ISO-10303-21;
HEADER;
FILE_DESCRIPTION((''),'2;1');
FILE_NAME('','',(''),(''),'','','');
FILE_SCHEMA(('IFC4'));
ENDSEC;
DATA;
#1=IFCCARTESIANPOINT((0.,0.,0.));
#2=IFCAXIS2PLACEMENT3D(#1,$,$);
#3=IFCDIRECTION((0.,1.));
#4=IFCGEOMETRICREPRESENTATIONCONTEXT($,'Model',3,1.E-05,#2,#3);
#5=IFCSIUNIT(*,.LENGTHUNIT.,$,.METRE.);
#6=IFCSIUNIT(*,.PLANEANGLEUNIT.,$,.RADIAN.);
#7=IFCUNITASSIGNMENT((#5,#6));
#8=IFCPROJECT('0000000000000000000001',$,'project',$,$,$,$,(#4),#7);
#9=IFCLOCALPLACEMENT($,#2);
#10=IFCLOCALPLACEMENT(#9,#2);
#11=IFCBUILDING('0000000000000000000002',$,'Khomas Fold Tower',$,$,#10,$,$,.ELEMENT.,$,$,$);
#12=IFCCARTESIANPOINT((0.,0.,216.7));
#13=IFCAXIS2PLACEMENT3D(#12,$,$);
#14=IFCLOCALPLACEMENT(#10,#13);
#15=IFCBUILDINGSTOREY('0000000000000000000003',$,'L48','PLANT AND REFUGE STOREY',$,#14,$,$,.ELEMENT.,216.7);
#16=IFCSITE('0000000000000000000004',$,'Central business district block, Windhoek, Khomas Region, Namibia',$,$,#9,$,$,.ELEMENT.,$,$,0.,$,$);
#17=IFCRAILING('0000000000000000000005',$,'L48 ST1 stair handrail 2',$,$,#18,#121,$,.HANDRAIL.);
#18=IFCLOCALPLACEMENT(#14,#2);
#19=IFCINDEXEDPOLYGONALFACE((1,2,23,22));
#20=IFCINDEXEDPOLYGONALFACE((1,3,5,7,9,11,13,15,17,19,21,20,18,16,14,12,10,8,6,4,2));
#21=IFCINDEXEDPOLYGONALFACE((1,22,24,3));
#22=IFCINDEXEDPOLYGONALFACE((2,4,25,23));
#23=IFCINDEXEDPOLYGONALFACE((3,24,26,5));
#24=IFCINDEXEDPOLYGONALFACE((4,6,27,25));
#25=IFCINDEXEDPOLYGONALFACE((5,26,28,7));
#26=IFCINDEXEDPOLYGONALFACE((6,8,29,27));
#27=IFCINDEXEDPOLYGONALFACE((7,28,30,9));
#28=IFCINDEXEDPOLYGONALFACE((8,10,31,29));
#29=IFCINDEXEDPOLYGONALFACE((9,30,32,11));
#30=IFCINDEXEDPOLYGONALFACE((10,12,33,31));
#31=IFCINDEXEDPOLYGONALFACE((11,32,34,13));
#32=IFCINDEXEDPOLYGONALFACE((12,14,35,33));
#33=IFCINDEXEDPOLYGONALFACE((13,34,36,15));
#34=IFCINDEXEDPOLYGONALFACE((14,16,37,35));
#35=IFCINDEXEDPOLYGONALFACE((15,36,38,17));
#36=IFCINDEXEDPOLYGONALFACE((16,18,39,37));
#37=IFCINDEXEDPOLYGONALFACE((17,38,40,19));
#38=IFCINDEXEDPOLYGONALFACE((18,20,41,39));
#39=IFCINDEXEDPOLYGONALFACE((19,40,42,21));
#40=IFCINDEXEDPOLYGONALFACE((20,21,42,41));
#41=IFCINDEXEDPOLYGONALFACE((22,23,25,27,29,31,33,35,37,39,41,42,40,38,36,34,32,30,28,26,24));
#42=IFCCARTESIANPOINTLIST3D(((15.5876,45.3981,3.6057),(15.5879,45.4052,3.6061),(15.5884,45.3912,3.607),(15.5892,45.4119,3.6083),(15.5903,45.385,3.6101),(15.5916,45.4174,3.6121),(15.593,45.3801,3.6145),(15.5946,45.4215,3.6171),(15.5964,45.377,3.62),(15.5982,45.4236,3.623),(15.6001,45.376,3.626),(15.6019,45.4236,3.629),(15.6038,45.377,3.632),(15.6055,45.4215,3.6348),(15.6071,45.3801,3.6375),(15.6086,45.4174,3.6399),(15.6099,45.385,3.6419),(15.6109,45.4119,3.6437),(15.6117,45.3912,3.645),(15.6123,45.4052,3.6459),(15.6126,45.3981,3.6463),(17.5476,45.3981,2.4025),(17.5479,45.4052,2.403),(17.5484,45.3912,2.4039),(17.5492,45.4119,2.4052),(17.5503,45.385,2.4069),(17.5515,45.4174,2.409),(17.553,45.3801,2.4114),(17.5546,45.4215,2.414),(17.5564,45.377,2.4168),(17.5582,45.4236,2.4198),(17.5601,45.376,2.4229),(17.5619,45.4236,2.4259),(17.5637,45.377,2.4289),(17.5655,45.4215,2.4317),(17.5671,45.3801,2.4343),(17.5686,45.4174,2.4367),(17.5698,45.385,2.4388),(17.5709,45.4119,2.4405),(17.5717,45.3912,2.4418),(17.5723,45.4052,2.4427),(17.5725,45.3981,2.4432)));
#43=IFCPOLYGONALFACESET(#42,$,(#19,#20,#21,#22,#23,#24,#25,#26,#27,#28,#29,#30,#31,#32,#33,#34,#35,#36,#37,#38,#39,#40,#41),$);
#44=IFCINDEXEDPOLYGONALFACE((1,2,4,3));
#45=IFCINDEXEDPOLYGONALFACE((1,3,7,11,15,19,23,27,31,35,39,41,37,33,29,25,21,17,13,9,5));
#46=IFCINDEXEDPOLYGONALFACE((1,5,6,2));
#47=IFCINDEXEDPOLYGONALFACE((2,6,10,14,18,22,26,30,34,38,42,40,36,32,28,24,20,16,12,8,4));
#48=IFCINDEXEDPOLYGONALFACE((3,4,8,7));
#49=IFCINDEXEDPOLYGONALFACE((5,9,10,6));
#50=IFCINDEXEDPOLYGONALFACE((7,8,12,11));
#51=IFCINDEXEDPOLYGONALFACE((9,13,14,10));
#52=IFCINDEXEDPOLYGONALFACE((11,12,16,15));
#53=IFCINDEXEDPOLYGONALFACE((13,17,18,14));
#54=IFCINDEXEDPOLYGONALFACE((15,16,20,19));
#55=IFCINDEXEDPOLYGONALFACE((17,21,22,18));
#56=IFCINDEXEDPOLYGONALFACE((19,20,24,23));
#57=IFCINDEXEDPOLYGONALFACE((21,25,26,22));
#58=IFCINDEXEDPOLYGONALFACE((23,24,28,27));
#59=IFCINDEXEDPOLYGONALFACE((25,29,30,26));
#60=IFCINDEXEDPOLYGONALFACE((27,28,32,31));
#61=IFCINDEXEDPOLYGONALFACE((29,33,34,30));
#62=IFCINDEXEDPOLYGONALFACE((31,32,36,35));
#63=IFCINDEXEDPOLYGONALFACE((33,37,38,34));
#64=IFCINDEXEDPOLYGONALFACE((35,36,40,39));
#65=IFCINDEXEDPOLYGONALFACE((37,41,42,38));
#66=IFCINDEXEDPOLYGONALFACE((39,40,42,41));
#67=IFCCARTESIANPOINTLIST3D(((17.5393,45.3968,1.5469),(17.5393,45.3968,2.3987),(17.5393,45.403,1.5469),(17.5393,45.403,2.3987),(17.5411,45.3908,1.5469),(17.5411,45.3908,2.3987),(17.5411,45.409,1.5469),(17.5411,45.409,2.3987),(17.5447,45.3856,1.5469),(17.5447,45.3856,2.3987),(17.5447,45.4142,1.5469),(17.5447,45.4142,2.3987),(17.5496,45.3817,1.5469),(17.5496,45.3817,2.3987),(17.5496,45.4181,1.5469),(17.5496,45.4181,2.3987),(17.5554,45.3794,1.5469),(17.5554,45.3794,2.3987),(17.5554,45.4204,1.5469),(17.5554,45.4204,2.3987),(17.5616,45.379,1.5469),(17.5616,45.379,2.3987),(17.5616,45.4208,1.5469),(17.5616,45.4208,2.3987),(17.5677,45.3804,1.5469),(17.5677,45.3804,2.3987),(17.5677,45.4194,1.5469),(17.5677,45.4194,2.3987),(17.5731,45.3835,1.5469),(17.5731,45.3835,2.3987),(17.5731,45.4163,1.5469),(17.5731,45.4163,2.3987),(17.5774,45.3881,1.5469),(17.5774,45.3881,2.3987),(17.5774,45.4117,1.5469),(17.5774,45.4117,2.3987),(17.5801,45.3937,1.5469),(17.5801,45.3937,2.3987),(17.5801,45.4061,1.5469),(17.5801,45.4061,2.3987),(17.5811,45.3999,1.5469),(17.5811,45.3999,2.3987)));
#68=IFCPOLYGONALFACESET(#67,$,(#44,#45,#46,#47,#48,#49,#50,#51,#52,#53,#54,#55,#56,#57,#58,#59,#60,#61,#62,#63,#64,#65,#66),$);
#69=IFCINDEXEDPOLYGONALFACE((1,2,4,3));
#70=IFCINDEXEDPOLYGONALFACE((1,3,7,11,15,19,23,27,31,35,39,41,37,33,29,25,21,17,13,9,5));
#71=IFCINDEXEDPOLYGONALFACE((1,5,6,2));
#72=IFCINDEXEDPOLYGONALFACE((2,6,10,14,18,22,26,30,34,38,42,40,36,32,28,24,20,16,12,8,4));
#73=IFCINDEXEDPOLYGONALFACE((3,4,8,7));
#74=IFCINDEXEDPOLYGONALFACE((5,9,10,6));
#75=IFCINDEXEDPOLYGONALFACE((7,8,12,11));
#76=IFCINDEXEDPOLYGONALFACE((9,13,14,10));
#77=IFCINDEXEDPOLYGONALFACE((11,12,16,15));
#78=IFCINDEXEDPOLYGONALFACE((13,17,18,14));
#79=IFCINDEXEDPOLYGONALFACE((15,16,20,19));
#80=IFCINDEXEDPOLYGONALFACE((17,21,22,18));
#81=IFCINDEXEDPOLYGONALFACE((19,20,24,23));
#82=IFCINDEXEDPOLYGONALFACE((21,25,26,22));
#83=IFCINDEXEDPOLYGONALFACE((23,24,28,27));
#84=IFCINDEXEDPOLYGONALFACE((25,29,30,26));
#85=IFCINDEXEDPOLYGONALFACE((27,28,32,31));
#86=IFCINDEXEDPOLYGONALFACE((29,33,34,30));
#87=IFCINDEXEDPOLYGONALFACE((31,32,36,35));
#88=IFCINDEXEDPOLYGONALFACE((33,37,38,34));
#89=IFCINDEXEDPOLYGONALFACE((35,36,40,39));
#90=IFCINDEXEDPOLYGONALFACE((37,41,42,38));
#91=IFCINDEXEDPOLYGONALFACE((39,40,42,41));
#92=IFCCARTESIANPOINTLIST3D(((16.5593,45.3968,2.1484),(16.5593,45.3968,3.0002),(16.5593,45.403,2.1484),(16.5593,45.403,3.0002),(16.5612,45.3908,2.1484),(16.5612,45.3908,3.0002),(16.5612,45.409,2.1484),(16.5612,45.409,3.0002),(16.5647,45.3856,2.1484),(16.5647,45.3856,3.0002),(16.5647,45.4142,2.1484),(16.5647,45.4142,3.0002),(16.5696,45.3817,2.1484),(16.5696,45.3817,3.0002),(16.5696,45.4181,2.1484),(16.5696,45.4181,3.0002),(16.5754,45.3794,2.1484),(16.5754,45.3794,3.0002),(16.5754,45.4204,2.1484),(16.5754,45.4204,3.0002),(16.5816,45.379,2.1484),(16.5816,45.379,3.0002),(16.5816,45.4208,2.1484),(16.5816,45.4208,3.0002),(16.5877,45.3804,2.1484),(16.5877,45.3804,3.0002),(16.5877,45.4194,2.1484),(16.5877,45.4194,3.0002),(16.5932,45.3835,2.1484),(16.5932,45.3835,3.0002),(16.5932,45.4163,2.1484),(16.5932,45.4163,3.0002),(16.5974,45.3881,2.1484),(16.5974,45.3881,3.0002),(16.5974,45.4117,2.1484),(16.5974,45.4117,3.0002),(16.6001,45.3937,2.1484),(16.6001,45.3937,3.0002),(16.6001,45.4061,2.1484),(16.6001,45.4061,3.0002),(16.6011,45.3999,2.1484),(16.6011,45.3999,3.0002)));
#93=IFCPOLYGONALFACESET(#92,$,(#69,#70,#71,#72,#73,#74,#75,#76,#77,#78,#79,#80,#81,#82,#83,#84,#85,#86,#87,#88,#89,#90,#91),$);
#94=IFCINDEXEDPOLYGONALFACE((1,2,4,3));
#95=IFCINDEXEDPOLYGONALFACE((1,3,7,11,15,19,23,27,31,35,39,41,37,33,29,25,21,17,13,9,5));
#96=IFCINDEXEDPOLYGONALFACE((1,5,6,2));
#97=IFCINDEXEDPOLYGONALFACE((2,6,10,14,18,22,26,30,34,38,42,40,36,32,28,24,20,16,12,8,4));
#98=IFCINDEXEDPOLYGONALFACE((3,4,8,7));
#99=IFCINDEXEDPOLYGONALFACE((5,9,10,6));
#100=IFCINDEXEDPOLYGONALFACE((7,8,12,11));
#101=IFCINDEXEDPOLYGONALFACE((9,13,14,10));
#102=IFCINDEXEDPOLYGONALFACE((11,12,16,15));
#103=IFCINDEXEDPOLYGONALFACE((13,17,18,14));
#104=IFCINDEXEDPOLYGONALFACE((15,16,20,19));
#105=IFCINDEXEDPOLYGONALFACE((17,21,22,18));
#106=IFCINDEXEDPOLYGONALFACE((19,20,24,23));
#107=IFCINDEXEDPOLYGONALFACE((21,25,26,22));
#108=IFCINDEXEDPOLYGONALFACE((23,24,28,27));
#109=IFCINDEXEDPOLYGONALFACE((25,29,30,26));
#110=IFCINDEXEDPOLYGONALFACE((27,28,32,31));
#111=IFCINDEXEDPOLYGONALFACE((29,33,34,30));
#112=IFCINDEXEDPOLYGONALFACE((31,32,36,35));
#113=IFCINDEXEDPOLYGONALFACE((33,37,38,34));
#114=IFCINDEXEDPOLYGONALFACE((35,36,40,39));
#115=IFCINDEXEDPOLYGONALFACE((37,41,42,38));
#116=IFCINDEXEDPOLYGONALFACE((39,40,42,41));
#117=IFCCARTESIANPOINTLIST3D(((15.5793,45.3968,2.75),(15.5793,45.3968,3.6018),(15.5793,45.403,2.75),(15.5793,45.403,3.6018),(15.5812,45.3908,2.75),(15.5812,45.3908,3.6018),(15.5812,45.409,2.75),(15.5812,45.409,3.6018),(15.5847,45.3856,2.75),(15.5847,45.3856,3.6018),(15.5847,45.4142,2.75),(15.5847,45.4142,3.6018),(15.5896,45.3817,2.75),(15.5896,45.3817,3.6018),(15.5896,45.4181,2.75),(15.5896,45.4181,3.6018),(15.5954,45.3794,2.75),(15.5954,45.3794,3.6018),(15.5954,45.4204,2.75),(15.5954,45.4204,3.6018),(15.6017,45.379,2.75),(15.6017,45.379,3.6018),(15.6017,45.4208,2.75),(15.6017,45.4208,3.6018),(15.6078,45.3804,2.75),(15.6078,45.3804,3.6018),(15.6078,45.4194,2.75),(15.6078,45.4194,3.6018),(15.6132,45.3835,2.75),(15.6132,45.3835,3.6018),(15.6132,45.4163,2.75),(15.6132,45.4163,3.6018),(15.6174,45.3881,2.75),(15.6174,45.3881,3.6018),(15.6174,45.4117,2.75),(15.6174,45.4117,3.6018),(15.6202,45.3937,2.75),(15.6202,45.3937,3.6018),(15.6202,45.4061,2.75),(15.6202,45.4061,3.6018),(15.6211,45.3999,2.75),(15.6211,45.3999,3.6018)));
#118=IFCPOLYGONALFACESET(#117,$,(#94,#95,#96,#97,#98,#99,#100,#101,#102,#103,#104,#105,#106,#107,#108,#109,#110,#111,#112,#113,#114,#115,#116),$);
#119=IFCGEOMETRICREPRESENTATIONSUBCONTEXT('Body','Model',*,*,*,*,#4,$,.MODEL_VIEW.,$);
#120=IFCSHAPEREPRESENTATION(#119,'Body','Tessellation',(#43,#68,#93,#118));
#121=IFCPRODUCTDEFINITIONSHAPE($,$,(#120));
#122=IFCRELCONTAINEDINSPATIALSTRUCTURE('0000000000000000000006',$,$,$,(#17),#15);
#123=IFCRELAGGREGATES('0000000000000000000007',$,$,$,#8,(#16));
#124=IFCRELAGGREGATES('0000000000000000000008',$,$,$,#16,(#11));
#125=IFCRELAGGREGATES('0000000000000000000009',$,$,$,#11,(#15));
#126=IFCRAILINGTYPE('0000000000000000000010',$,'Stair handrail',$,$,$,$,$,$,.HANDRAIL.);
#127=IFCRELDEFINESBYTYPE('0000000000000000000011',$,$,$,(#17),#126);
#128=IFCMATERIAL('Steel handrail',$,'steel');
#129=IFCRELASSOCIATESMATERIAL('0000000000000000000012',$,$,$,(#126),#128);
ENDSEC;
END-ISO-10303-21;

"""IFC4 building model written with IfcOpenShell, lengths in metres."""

from ifc_helpers import new_model, si_unit, direction, frame, origin, origin_2d, place, context, subcontext, project, spatial, circle, extrude, source, transform, mapped, material, type_object, element, save


model = new_model("IFC4")

# Units and contexts
model_context = context("Model", 3, precision=1e-05, world=origin(), true_north=direction((0.0, 1.0)))
body_context = subcontext(model_context, "Body", "Model", "MODEL_VIEW")
ifc_project = project(units=[si_unit("LENGTHUNIT", "METRE"), si_unit("PLANEANGLEUNIT", "RADIAN")], contexts=[model_context])

# Site, building, storey
site_placement = place(None, origin())
site = spatial("IfcSite", under=ifc_project, at=site_placement, Name="Central business district block, Windhoek, Khomas Region, Namibia", CompositionType="ELEMENT", RefElevation=0.0)
building_placement = place(site_placement, origin())
building = spatial("IfcBuilding", under=site, at=building_placement, Name="Khomas Fold Tower", CompositionType="ELEMENT")
storey_placement = place(building_placement, frame((0.0, 0.0, 216.7)))
storey = spatial("IfcBuildingStorey", under=building, at=storey_placement, Name="L48", Description="PLANT AND REFUGE STOREY", CompositionType="ELEMENT", Elevation=216.7)

# Railing
ifc_material_1 = material(Name="Steel handrail", Category="steel")
railing_type_1 = type_object("IfcRailingType", Name="Stair handrail", PredefinedType="HANDRAIL", material=ifc_material_1)
shared_shape_1 = source(origin(), body_context, "Body", "SweptSolid", [
    extrude(circle(Radius=0.0239, at=origin_2d()), frame((0.0, 0.0, 0.876), z_axis=(-0.852241, 0.0, 0.523149), x_axis=(0.0, -1.0, 0.0)), (0.0, 0.0, 1.0), 2.2998),
    extrude(circle(Radius=0.021, at=origin_2d()), origin(), (0.0, 0.0, 1.0), 0.8518),
    extrude(circle(Radius=0.021, at=origin_2d()), frame((-0.98, 0.0, 0.6016)), (0.0, 0.0, 1.0), 0.8518),
    extrude(circle(Radius=0.021, at=origin_2d()), frame((-1.96, 0.0, 1.2031)), (0.0, 0.0, 1.0), 0.8518),
])
for number, where, name in (
    (1, (17.5601, 45.3999, 1.5469), "L48 ST1 stair handrail 2"),
):
    element("IfcRailing", number, at=place(storey_placement, frame(where)), inside=storey, type_object=railing_type_1, Name=name, PredefinedType="HANDRAIL", context=body_context, shape_type="MappedRepresentation", body=[
        mapped(shared_shape_1, transform((0.0, 0.0, 0.0))),
    ])

save(model, "model.ifc")
